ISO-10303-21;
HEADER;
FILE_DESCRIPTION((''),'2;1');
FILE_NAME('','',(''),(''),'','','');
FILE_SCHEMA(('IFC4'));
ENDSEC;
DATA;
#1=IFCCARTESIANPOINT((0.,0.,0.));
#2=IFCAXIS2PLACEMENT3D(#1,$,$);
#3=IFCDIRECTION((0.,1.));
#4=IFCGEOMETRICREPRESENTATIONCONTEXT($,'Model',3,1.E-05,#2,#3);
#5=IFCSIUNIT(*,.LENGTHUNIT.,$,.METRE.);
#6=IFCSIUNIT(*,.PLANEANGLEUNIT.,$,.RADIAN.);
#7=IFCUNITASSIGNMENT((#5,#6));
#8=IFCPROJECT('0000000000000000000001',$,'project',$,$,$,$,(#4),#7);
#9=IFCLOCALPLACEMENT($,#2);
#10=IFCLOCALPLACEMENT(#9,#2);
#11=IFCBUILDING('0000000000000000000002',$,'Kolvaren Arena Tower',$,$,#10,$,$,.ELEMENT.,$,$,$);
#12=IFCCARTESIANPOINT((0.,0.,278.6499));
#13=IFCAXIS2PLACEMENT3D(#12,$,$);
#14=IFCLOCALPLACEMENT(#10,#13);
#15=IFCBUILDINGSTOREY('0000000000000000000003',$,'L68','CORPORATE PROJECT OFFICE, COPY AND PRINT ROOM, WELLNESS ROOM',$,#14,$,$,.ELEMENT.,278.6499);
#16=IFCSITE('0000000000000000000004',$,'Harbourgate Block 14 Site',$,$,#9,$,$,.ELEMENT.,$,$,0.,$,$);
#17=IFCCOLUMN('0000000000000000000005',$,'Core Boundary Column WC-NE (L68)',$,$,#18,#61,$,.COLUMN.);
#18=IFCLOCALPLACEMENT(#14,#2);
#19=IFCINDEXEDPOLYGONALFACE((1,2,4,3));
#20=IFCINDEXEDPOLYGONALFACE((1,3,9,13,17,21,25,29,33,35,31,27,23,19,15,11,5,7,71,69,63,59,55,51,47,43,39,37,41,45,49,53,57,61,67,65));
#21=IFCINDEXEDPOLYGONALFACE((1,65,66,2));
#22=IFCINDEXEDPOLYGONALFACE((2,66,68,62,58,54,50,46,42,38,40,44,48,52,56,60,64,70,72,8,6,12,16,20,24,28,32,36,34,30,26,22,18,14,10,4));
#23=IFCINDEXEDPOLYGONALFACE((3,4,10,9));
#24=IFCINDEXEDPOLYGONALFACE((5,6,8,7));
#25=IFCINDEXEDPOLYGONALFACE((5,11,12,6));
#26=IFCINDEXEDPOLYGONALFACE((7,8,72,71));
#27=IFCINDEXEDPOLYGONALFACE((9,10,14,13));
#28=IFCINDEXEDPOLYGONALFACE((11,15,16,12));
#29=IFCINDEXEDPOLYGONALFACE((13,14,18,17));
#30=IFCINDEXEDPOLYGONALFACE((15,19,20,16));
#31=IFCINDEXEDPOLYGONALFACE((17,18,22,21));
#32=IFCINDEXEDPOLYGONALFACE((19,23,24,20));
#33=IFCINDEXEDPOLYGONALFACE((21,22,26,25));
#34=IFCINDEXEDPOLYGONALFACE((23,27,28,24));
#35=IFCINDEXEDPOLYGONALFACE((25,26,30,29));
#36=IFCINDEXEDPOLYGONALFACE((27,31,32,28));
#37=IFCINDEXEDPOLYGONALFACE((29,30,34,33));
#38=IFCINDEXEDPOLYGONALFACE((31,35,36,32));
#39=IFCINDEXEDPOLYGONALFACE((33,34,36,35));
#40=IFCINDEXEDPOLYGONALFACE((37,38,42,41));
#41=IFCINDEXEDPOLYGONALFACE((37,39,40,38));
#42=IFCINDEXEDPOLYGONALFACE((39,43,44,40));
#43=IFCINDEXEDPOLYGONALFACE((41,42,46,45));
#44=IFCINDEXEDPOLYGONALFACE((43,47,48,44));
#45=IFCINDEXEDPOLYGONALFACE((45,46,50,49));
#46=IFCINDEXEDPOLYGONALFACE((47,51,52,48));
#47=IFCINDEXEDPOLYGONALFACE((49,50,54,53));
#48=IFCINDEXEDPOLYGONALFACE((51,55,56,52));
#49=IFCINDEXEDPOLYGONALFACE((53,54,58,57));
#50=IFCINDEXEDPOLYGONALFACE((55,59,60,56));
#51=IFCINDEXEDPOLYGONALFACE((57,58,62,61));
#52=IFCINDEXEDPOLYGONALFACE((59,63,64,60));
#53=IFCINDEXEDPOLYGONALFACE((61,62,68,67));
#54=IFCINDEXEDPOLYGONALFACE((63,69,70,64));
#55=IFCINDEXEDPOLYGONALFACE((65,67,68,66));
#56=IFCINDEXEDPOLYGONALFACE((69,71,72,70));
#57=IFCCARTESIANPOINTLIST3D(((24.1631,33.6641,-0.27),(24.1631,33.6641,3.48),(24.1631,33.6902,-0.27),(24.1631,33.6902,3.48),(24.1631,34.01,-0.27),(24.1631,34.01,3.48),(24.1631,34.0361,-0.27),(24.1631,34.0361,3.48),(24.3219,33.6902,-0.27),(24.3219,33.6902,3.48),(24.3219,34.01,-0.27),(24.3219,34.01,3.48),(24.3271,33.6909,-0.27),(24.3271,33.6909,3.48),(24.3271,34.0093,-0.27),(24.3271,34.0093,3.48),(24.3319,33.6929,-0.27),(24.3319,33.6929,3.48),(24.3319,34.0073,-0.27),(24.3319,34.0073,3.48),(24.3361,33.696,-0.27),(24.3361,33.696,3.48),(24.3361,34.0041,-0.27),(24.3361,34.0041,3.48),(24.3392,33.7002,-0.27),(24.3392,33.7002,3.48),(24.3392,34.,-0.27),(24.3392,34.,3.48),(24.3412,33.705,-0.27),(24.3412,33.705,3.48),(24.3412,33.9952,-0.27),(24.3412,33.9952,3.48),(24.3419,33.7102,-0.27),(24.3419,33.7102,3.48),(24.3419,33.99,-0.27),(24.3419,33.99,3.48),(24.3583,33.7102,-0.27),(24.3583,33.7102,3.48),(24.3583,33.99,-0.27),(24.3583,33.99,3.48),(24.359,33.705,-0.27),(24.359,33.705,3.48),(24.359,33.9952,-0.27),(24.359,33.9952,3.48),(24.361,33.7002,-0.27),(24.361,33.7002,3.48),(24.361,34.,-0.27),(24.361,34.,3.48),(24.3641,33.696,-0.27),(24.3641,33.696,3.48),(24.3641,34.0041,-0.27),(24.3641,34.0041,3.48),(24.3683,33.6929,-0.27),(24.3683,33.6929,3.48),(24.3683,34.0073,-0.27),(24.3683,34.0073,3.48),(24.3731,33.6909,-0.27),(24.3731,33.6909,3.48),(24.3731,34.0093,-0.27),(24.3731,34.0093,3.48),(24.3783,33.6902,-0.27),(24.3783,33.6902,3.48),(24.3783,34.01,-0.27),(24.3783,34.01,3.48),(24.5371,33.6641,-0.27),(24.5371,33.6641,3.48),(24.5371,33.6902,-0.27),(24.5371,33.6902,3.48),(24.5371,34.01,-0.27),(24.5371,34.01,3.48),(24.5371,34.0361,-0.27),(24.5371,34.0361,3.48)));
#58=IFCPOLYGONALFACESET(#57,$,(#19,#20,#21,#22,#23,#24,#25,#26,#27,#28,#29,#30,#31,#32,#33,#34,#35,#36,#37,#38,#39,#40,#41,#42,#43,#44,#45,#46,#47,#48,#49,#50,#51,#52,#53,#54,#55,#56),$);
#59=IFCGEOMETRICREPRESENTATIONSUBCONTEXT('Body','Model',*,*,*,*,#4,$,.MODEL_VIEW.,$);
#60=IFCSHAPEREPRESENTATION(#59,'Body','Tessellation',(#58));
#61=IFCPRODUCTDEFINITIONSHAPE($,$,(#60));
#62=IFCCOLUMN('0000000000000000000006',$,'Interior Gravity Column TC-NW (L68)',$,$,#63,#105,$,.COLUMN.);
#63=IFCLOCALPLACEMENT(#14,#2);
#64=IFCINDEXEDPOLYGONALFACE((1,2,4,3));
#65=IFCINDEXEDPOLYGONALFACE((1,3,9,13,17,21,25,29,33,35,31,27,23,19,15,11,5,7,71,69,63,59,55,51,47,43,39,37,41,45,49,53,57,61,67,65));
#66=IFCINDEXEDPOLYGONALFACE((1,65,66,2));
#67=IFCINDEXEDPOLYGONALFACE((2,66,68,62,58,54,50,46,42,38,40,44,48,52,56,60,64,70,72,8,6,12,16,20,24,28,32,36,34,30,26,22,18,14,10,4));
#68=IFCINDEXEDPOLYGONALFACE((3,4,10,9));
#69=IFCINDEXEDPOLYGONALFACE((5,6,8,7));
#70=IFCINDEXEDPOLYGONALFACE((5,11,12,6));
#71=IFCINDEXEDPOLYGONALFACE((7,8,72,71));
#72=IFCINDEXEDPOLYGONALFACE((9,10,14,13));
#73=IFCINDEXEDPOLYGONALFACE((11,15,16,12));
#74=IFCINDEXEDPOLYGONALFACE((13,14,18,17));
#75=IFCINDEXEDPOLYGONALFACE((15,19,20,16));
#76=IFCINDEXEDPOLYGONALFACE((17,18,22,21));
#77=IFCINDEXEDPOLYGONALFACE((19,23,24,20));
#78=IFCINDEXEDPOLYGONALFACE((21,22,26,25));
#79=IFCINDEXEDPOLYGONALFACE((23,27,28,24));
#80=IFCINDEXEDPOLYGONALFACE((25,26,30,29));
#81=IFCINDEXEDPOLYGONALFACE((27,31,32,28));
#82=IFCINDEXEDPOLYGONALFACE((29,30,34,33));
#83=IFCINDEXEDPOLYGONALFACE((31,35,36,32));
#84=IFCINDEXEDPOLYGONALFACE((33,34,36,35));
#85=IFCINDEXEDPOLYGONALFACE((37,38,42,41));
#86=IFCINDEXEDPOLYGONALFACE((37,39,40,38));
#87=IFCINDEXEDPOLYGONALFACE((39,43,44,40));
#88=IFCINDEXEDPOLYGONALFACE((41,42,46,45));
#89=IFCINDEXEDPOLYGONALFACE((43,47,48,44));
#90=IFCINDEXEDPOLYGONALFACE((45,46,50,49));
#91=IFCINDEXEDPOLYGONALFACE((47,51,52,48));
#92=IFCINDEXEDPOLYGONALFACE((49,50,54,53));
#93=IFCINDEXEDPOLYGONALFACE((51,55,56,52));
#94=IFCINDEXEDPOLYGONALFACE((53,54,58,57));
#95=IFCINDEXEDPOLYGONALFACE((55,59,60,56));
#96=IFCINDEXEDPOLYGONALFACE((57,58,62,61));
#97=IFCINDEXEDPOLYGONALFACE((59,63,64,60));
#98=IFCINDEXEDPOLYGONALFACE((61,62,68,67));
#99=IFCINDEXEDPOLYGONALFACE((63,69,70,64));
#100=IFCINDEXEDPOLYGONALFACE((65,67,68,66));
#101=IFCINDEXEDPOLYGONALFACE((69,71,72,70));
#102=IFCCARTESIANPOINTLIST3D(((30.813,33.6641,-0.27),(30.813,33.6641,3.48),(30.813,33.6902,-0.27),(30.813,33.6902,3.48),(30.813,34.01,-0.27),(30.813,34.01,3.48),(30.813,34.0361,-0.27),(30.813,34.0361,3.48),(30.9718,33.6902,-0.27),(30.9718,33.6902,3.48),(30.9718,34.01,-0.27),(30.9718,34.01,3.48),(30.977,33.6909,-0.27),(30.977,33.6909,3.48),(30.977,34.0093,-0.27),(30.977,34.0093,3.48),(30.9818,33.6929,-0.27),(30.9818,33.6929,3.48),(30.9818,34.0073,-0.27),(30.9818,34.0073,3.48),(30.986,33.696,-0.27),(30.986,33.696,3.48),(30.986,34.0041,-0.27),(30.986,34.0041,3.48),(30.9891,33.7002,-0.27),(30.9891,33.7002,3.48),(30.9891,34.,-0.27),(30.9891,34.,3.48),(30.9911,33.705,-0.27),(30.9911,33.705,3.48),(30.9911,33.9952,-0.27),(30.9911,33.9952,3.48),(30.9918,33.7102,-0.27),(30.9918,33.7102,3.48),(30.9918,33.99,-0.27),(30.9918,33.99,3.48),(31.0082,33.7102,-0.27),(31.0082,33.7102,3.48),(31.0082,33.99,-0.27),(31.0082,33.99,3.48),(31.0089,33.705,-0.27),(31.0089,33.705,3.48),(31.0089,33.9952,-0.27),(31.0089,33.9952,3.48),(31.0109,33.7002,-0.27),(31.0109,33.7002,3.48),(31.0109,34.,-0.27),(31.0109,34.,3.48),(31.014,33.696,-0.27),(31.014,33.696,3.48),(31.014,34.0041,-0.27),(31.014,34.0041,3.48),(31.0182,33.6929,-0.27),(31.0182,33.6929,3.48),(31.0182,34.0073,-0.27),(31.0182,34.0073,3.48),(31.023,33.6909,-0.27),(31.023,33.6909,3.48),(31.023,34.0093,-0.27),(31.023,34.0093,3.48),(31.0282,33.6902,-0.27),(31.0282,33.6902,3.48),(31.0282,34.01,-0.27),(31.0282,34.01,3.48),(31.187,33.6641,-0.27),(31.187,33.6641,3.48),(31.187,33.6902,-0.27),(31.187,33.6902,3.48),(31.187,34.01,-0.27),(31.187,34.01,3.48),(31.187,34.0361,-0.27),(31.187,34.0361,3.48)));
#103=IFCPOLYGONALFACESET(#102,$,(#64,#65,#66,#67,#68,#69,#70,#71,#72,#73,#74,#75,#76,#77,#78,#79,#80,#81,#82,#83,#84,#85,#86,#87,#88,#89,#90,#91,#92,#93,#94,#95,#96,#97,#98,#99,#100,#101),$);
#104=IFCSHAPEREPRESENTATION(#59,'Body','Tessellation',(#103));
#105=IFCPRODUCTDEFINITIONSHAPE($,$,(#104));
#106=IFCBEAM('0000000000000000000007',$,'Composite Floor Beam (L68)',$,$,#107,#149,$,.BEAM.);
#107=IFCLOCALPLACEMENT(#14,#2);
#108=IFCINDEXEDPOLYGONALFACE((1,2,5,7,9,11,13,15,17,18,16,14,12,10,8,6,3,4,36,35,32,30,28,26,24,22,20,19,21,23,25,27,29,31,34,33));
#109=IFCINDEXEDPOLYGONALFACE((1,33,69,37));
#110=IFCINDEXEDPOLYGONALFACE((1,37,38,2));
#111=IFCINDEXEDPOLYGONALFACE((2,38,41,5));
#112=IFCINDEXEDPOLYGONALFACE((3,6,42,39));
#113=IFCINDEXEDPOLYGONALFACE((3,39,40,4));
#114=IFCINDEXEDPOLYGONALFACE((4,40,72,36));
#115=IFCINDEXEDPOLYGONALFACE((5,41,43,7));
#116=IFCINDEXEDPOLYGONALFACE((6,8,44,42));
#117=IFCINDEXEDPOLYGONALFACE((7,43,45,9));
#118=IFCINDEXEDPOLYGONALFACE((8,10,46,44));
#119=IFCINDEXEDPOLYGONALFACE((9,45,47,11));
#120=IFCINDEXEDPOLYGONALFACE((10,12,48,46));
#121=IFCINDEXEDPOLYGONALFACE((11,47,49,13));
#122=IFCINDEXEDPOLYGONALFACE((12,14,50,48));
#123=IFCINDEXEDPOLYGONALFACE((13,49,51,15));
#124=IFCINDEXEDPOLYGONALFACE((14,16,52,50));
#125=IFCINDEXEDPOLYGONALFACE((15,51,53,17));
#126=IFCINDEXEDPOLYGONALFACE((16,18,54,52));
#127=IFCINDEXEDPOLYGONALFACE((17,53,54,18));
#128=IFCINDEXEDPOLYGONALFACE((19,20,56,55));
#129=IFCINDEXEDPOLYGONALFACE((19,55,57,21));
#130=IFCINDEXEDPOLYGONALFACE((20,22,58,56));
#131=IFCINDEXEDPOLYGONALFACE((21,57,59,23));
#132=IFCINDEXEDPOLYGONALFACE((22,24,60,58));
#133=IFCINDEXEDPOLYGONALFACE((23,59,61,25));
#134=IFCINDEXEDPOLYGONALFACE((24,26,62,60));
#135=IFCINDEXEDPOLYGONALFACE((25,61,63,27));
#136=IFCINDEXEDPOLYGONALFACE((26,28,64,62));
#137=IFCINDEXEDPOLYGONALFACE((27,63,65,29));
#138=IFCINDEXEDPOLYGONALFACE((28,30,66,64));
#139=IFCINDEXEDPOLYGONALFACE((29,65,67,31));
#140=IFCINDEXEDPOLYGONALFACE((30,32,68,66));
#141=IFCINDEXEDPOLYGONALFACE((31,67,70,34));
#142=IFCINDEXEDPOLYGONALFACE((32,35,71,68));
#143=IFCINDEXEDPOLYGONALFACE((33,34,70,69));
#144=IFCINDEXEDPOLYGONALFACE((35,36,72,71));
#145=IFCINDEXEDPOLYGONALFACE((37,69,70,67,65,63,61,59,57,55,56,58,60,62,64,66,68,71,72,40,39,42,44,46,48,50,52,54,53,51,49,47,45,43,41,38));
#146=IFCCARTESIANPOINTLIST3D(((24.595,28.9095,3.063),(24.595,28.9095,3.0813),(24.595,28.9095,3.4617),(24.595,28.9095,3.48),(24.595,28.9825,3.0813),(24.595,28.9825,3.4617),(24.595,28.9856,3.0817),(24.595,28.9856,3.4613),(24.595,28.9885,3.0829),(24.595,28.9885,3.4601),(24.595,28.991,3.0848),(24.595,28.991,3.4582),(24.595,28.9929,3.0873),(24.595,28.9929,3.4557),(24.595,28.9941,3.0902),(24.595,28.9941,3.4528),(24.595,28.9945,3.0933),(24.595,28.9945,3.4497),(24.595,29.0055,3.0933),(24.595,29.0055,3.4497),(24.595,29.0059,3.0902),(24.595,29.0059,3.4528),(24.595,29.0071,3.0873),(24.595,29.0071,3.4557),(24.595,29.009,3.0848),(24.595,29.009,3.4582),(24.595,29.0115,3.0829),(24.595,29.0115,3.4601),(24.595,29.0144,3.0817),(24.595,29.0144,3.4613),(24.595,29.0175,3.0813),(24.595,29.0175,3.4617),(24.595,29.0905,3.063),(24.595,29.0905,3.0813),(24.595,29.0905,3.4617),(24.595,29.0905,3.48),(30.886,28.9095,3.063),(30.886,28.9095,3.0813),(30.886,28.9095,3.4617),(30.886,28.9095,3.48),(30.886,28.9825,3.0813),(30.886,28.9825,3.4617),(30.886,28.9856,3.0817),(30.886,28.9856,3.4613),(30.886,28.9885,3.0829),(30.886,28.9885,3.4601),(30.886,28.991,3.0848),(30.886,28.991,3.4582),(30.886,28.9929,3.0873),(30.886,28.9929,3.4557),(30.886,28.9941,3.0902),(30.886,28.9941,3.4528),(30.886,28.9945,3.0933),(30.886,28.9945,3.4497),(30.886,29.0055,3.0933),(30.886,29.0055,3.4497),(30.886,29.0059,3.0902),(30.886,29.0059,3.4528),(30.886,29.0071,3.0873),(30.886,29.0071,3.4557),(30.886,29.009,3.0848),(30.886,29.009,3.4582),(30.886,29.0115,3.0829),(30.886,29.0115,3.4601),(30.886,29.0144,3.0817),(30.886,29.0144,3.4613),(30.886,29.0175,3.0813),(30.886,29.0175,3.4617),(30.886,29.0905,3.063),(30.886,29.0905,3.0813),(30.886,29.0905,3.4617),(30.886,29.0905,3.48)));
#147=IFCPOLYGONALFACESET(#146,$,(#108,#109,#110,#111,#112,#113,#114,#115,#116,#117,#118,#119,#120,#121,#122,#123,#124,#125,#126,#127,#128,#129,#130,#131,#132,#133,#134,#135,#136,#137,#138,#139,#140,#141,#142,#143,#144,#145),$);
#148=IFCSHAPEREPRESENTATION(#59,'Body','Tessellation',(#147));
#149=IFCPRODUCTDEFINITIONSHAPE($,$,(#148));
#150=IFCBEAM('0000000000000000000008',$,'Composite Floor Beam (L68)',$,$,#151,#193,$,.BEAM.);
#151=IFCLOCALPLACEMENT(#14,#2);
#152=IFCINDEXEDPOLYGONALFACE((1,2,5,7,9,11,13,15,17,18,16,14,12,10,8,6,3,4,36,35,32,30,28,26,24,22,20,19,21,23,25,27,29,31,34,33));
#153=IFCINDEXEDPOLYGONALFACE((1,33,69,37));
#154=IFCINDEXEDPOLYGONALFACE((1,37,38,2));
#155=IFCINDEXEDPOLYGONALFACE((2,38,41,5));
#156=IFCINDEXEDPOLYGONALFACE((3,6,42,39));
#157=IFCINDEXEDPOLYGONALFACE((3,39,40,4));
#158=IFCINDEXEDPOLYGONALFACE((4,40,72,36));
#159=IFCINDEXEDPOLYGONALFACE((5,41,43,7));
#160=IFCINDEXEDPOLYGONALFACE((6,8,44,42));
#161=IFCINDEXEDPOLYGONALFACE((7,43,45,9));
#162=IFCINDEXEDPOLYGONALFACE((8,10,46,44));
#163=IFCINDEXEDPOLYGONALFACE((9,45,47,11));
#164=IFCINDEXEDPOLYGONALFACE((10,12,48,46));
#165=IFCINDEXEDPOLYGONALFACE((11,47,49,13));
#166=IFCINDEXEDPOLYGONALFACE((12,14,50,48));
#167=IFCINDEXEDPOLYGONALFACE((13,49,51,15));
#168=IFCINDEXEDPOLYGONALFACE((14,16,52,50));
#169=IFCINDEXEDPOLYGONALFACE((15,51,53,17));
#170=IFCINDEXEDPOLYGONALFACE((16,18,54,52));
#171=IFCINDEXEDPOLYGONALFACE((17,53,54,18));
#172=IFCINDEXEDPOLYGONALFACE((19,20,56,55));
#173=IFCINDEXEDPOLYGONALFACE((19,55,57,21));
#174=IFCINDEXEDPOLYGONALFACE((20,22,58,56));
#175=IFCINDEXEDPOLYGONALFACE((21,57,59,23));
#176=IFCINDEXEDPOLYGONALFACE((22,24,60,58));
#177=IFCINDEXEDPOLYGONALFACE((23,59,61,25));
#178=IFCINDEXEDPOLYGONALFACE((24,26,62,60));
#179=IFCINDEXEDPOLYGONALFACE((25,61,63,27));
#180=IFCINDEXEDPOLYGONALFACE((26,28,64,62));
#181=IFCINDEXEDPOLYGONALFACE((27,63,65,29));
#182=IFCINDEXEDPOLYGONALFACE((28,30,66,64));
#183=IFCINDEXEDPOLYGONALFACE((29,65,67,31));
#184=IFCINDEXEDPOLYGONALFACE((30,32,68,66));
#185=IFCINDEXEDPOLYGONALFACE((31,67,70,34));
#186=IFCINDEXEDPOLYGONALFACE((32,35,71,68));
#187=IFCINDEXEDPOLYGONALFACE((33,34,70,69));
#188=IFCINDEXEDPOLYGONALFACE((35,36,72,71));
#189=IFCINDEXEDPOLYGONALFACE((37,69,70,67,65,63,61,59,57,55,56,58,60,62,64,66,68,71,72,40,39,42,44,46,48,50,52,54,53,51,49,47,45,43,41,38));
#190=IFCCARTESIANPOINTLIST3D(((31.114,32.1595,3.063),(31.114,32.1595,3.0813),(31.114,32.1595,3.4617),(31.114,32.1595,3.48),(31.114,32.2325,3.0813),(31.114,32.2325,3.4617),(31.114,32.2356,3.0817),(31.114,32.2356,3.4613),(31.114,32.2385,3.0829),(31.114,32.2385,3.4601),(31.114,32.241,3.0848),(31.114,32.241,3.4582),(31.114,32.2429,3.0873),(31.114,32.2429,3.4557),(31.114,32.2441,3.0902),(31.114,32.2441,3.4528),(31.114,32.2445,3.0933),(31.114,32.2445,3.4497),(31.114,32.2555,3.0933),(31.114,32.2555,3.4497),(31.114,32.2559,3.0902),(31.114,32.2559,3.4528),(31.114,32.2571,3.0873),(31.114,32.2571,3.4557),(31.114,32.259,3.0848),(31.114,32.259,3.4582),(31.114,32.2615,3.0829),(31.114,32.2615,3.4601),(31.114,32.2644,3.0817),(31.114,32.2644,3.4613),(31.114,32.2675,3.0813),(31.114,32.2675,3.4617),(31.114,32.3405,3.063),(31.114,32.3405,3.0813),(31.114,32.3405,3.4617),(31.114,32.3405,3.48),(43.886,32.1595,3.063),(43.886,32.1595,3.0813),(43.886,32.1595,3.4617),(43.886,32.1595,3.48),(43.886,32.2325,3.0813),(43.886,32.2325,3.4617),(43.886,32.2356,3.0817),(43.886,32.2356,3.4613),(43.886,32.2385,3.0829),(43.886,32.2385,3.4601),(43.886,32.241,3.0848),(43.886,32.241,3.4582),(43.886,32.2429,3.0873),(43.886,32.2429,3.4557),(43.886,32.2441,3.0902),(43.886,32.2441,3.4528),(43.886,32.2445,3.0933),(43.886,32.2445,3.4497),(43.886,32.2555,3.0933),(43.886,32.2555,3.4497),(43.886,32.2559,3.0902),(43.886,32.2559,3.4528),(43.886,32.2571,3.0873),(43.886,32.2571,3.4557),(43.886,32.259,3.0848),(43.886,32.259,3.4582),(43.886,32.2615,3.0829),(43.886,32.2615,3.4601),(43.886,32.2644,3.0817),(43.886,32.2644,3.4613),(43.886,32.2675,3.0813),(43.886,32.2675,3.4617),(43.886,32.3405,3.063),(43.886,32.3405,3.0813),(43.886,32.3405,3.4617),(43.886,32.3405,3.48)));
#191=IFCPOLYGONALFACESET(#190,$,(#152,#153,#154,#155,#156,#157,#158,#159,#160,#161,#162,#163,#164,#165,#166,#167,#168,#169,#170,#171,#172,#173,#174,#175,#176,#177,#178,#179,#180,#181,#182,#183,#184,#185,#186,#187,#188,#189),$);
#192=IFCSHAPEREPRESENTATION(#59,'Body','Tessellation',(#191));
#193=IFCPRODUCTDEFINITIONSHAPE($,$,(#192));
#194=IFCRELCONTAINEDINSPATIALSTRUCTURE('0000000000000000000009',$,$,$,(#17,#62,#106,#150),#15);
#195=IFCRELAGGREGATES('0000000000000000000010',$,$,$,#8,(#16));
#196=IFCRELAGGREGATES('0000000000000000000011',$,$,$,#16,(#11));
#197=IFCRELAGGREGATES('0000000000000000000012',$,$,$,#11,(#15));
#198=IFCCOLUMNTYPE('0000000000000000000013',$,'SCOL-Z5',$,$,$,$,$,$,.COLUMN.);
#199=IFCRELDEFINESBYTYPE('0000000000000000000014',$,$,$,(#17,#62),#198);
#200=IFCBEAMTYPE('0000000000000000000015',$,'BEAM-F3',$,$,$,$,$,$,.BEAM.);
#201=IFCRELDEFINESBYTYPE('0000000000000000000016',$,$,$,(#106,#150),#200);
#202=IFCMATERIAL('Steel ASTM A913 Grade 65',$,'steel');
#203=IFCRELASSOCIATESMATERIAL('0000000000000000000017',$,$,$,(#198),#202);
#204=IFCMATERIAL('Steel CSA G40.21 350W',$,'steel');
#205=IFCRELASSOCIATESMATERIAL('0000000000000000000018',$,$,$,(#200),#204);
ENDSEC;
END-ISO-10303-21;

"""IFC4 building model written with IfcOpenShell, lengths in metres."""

from ifc_helpers import new_model, si_unit, direction, frame, origin, origin_2d, place, context, subcontext, project, spatial, i_section, extrude, material, material_profile, profile_set, type_object, element, save


model = new_model("IFC4")

# Units and contexts
model_context = context("Model", 3, precision=1e-05, world=origin(), true_north=direction((0.0, 1.0)))
body_context = subcontext(model_context, "Body", "Model", "MODEL_VIEW")
ifc_project = project(units=[si_unit("LENGTHUNIT", "METRE"), si_unit("PLANEANGLEUNIT", "RADIAN")], contexts=[model_context])

# Site, building, storey
site_placement = place(None, origin())
site = spatial("IfcSite", under=ifc_project, at=site_placement, Name="Harbourgate Block 14 Site", CompositionType="ELEMENT", RefElevation=0.0)
building_placement = place(site_placement, origin())
building = spatial("IfcBuilding", under=site, at=building_placement, Name="Kolvaren Arena Tower", CompositionType="ELEMENT")
storey_placement = place(building_placement, frame((0.0, 0.0, 278.6499)))
storey = spatial("IfcBuildingStorey", under=building, at=storey_placement, Name="L68", Description="CORPORATE PROJECT OFFICE, COPY AND PRINT ROOM, WELLNESS ROOM", CompositionType="ELEMENT", Elevation=278.6499)

# Columns
ifc_material_1 = material(Name="Steel ASTM A913 Grade 65", Category="steel")
ifc_material_profile_1 = material_profile(ifc_material_1, i_section(OverallWidth=0.374, OverallDepth=0.3721, WebThickness=0.0164, FlangeThickness=0.0261, FilletRadius=0.02, at=origin_2d()), Name="W360x196")
ifc_profile_set_1 = profile_set([ifc_material_profile_1], Name="Steel ASTM A913 Grade 65")
column_type = type_object("IfcColumnType", Name="SCOL-Z5", PredefinedType="COLUMN", material=ifc_profile_set_1)
for number, where, z_axis, x_axis, name in (
    (1, (24.3501, 33.8501, -0.27), (0.0, 0.0, 1.0), (1.0, 0.0, 0.0), "Core Boundary Column WC-NE (L68)"),
    (2, (31.0, 33.8501, -0.27), (0.0, 0.0, 1.0), (1.0, 0.0, 0.0), "Interior Gravity Column TC-NW (L68)"),
):
    element("IfcColumn", number, at=place(storey_placement, frame(where, z_axis=z_axis, x_axis=x_axis)), inside=storey, type_object=column_type, Name=name, PredefinedType="COLUMN", context=body_context, shape_type="SweptSolid", body=[
        extrude(i_section(OverallWidth=0.374, OverallDepth=0.3721, WebThickness=0.0164, FlangeThickness=0.0261, FilletRadius=0.02, at=origin_2d()), origin(), (0.0, 0.0, 1.0), 3.75),
    ])

# Beams
ifc_material_2 = material(Name="Steel CSA G40.21 350W", Category="steel")
ifc_material_profile_2 = material_profile(ifc_material_2, i_section(OverallWidth=0.1809, OverallDepth=0.417, WebThickness=0.011, FlangeThickness=0.0183, FilletRadius=0.012, at=origin_2d()), Name="W410x85")
ifc_profile_set_2 = profile_set([ifc_material_profile_2], Name="Steel CSA G40.21 350W")
beam_type_1 = type_object("IfcBeamType", Name="BEAM-F3", PredefinedType="BEAM", material=ifc_profile_set_2)
beam_1_placement = place(storey_placement, frame((24.595, 29.0, 3.2715), z_axis=(1.0, 0.0, 0.0), x_axis=(0.0, 1.0, 0.0)))
element("IfcBeam", 3, at=beam_1_placement, inside=storey, type_object=beam_type_1, Name="Composite Floor Beam (L68)", PredefinedType="BEAM", context=body_context, shape_type="SweptSolid", body=[
    extrude(i_section(OverallWidth=0.1809, OverallDepth=0.417, WebThickness=0.011, FlangeThickness=0.0183, FilletRadius=0.012, at=origin_2d()), origin(), (0.0, 0.0, 1.0), 6.291),
])
beam_2_placement = place(storey_placement, frame((31.114, 32.25, 3.2715), z_axis=(1.0, 0.0, 0.0), x_axis=(0.0, 1.0, 0.0)))
element("IfcBeam", 4, at=beam_2_placement, inside=storey, type_object=beam_type_1, Name="Composite Floor Beam (L68)", PredefinedType="BEAM", context=body_context, shape_type="SweptSolid", body=[
    extrude(i_section(OverallWidth=0.1809, OverallDepth=0.417, WebThickness=0.011, FlangeThickness=0.0183, FilletRadius=0.012, at=origin_2d()), origin(), (0.0, 0.0, 1.0), 12.772),
])

save(model, "model.ifc")
